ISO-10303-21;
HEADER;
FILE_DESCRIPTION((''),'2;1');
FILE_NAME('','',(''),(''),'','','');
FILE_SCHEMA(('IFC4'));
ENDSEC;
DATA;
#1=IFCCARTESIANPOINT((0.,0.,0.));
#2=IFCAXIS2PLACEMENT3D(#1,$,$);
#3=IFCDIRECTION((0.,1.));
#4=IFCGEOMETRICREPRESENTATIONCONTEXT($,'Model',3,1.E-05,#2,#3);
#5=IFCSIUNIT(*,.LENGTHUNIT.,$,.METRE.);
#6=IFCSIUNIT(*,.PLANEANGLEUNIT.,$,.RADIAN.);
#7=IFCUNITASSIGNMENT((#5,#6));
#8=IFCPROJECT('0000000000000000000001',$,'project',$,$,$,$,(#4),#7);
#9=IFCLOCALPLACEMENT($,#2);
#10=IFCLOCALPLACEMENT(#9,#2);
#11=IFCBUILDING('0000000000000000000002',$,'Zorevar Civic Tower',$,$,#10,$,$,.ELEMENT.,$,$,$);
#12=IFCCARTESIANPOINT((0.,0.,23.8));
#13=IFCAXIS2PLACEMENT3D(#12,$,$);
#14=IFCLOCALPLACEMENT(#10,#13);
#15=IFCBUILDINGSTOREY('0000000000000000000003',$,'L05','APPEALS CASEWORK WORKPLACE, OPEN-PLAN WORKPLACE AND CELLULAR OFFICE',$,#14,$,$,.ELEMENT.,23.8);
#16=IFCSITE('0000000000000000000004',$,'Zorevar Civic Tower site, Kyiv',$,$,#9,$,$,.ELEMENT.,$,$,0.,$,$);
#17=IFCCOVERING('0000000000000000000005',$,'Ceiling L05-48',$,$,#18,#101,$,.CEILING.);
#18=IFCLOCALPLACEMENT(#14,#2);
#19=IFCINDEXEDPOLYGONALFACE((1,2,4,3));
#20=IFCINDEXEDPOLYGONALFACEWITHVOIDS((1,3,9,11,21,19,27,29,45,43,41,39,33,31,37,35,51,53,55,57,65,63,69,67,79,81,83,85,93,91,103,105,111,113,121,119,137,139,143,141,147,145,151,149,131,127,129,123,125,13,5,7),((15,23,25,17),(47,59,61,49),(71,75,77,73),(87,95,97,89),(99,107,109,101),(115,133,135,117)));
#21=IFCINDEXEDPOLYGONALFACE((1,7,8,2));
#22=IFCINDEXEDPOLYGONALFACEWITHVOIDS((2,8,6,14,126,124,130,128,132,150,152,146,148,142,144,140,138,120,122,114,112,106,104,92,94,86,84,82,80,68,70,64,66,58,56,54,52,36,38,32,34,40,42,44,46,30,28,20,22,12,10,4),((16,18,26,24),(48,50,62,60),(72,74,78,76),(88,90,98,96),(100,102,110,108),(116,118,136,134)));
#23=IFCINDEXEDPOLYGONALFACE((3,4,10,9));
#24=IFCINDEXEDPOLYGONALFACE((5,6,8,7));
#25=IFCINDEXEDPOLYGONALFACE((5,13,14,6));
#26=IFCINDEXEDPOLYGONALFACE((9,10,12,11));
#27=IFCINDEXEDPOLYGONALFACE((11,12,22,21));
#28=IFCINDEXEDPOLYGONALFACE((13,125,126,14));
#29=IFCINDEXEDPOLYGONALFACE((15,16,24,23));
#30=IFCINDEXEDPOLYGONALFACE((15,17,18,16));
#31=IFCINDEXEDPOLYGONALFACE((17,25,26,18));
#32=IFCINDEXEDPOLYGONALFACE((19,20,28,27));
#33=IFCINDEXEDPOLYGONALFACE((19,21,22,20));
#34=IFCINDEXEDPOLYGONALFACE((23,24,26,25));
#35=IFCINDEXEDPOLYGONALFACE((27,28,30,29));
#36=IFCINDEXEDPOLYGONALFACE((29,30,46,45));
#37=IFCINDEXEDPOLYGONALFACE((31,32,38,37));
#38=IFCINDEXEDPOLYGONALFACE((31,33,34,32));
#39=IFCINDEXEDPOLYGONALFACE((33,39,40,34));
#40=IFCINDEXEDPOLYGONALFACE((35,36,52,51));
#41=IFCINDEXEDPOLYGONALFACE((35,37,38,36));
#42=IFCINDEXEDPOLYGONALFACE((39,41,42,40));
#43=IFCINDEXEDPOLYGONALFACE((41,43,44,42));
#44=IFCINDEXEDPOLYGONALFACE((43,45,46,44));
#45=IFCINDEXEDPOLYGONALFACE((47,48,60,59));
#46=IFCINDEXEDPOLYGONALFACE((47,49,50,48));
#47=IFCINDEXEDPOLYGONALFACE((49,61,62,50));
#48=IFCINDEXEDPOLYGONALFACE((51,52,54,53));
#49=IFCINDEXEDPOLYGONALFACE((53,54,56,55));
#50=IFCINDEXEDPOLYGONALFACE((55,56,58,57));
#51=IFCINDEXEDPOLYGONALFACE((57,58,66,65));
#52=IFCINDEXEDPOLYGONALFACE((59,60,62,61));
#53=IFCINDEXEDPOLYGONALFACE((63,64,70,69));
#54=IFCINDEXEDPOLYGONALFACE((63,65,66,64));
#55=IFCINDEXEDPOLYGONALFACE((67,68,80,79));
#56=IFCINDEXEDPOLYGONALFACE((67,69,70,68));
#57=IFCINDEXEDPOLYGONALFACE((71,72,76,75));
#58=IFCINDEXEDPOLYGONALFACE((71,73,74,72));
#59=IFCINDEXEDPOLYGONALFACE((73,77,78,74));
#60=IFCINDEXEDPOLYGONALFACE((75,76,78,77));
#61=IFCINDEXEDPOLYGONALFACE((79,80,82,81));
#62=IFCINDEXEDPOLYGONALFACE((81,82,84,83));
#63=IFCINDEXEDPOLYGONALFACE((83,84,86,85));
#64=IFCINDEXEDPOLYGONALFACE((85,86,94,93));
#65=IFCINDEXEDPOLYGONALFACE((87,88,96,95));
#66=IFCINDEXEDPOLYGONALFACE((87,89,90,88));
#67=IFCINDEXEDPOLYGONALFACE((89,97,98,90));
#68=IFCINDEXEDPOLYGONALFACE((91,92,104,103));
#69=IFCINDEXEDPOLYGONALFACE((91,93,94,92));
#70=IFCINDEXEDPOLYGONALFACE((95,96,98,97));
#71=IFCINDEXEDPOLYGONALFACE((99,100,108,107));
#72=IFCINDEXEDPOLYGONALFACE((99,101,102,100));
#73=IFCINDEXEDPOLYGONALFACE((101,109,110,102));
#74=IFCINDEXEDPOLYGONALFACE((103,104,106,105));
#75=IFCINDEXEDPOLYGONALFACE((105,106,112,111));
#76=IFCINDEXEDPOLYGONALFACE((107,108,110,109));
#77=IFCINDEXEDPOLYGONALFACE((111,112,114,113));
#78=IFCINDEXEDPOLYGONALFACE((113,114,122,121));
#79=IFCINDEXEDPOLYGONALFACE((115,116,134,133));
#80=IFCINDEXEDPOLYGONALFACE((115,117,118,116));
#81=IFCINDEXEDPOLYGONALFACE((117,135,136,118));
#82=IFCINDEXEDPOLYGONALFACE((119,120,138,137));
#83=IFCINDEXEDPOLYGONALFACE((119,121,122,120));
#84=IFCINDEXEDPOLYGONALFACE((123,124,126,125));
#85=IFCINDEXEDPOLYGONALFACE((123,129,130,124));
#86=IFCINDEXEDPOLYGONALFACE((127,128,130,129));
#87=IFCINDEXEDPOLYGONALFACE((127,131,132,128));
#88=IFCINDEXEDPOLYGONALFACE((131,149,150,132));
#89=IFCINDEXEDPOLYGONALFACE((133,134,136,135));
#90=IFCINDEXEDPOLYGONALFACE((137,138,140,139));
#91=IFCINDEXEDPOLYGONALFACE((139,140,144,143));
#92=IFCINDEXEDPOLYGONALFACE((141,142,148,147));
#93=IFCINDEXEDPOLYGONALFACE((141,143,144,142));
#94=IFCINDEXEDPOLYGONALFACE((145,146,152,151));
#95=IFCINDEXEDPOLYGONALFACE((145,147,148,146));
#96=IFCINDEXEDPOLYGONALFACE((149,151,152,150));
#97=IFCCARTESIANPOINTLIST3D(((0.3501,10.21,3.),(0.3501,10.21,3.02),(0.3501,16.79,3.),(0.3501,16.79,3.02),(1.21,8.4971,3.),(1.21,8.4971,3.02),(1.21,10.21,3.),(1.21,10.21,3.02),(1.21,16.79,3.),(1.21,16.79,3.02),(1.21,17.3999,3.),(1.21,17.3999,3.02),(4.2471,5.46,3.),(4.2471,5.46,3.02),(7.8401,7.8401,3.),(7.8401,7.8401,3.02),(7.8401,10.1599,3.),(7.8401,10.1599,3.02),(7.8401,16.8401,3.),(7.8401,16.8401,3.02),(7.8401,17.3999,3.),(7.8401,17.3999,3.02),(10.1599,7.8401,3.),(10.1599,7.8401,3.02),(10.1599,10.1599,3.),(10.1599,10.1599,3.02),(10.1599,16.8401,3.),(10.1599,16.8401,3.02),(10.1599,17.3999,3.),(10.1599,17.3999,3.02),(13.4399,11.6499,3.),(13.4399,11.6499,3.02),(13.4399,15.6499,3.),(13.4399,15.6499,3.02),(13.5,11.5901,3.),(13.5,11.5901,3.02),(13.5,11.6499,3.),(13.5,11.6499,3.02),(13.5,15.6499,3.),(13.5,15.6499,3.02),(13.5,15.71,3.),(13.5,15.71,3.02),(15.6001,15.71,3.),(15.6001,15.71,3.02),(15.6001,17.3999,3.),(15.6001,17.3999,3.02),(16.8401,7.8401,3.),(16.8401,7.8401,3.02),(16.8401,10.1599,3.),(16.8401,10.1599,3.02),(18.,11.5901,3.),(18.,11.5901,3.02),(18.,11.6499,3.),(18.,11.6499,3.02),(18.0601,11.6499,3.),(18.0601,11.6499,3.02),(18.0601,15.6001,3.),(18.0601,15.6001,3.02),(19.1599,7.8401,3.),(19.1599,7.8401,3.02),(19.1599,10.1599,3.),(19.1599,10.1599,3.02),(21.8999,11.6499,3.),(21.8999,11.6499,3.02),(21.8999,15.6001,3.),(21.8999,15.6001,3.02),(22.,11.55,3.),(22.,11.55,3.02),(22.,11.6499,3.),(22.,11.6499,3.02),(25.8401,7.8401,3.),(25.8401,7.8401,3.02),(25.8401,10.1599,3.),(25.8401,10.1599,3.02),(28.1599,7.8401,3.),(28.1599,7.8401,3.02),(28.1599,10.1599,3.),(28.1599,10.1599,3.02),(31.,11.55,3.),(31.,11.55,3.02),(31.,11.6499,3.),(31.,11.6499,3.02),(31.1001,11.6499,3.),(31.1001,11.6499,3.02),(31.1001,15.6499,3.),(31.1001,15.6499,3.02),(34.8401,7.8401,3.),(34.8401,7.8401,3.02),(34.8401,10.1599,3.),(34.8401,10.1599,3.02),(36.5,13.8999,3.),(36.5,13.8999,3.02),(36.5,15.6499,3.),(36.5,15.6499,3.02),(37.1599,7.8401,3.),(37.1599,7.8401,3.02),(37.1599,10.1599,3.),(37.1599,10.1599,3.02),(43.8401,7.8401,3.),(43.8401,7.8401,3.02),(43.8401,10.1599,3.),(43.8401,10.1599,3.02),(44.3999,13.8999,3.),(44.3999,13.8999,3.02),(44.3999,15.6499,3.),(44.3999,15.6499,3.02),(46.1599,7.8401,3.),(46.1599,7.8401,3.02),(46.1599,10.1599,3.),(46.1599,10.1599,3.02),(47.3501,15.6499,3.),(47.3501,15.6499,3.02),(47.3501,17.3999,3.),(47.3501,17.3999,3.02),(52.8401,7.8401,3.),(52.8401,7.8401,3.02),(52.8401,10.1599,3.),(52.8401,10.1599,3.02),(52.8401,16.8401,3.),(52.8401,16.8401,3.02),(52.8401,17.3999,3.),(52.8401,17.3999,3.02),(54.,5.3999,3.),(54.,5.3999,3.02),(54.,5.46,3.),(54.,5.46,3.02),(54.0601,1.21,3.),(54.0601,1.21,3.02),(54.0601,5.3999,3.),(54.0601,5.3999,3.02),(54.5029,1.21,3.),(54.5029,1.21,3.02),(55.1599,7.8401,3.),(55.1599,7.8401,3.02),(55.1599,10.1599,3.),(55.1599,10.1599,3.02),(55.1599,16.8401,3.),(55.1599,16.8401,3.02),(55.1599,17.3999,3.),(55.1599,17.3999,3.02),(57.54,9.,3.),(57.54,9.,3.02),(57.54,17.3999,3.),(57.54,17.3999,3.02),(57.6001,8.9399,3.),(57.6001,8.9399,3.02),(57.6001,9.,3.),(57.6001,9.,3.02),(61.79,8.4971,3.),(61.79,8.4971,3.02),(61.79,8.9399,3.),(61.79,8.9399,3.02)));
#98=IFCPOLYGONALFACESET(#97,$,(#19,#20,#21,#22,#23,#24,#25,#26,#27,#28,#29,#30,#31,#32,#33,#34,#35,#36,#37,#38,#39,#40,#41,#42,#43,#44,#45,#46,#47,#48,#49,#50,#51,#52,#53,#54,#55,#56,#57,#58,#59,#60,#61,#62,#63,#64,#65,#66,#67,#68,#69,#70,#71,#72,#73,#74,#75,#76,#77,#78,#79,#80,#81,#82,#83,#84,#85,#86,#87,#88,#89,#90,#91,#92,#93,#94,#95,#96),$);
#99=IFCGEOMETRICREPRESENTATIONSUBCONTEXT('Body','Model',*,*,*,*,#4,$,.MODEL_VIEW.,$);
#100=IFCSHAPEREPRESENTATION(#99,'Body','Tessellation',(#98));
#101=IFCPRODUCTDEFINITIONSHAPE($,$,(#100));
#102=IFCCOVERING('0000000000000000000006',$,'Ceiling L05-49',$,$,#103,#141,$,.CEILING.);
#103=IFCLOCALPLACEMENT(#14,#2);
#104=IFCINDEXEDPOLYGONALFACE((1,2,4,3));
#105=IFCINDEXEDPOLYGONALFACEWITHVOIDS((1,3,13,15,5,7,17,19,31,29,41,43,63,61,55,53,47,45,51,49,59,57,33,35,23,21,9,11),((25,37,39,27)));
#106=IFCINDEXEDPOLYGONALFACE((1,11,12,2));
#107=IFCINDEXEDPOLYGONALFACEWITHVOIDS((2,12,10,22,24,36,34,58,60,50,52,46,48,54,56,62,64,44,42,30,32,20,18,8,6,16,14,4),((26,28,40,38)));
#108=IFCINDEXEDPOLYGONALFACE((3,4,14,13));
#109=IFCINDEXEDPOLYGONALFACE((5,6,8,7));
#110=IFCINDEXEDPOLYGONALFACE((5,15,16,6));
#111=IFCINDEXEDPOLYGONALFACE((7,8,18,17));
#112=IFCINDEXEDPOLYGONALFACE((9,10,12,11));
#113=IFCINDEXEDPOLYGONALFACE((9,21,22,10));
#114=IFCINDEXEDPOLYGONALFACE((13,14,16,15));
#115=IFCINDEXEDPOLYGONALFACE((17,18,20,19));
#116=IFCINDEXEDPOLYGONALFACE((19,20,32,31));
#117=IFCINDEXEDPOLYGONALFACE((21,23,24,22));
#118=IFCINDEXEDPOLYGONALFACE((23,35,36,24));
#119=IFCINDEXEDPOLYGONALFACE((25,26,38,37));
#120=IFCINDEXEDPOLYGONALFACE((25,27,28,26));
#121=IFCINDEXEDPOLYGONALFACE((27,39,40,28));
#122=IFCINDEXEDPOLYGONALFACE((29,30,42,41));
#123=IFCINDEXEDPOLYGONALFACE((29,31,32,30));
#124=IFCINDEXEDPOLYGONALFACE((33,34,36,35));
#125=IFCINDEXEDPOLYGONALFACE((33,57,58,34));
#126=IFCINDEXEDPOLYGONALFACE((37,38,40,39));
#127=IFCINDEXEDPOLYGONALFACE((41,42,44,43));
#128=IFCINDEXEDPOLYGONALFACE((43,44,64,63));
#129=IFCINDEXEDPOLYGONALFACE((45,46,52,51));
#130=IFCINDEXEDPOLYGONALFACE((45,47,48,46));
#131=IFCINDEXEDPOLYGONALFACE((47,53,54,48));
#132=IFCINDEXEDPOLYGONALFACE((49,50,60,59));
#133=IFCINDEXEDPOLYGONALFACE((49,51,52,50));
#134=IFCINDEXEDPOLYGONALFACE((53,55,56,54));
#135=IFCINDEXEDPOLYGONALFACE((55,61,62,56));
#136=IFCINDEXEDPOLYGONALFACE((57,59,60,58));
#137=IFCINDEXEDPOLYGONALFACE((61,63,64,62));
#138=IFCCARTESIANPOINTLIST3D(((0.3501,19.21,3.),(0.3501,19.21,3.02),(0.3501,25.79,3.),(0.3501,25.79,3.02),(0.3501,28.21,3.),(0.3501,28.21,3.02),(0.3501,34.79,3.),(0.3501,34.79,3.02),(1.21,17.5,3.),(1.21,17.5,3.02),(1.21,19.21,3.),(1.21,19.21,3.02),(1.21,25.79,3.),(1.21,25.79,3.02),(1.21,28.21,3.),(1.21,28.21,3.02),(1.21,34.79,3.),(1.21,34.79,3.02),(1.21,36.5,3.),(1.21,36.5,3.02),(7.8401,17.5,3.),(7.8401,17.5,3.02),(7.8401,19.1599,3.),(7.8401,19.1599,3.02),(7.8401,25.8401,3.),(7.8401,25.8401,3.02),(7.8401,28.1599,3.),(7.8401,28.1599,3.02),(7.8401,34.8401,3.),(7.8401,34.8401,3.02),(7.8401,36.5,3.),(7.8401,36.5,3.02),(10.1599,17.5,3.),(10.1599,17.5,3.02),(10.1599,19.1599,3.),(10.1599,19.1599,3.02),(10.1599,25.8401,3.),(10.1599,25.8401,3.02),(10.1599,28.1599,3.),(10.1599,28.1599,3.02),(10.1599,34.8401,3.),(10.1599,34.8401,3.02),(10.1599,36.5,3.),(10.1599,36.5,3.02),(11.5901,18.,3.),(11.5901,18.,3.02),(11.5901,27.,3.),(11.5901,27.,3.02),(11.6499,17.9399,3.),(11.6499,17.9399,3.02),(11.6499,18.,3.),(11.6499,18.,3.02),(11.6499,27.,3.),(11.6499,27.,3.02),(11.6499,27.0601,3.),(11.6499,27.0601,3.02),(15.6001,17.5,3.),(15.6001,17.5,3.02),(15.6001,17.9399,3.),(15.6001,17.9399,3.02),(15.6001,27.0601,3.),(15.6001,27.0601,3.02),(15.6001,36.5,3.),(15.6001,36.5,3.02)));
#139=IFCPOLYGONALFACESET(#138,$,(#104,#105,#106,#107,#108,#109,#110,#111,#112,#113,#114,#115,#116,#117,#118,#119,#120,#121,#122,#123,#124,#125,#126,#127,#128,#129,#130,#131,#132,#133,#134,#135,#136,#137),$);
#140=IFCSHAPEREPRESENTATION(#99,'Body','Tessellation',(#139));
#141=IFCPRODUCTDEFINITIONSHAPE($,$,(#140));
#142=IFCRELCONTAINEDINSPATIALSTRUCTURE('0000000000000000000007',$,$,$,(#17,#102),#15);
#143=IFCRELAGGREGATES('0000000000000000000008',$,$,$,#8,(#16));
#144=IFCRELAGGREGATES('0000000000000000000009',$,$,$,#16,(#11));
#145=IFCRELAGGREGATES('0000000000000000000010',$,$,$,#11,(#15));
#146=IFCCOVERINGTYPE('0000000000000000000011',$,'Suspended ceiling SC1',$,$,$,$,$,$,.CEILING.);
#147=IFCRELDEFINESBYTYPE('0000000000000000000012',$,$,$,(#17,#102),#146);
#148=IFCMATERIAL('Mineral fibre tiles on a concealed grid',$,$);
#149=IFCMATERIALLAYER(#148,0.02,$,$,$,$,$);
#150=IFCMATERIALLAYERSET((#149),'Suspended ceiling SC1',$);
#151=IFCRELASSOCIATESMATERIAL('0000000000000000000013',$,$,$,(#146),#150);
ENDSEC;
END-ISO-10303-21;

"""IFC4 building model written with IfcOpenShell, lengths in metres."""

from ifc_helpers import new_model, si_unit, direction, frame, origin, place, context, subcontext, project, spatial, polyline, outline, extrude, material, layer, layer_set, type_object, element, save


model = new_model("IFC4")

# Units and contexts
model_context = context("Model", 3, precision=1e-05, world=origin(), true_north=direction((0.0, 1.0)))
body_context = subcontext(model_context, "Body", "Model", "MODEL_VIEW")
ifc_project = project(units=[si_unit("LENGTHUNIT", "METRE"), si_unit("PLANEANGLEUNIT", "RADIAN")], contexts=[model_context])

# Site, building, storey
site_placement = place(None, origin())
site = spatial("IfcSite", under=ifc_project, at=site_placement, Name="Zorevar Civic Tower site, Kyiv", CompositionType="ELEMENT", RefElevation=0.0)
building_placement = place(site_placement, origin())
building = spatial("IfcBuilding", under=site, at=building_placement, Name="Zorevar Civic Tower", CompositionType="ELEMENT")
storey_placement = place(building_placement, frame((0.0, 0.0, 23.8)))
storey = spatial("IfcBuildingStorey", under=building, at=storey_placement, Name="L05", Description="APPEALS CASEWORK WORKPLACE, OPEN-PLAN WORKPLACE AND CELLULAR OFFICE", CompositionType="ELEMENT", Elevation=23.8)

# Coverings
ifc_material_1 = material(Name="Mineral fibre tiles on a concealed grid")
ifc_layer_1 = layer(ifc_material_1, 0.02)
ifc_layer_set_1 = layer_set([ifc_layer_1], Name="Suspended ceiling SC1")
covering_type_1 = type_object("IfcCoveringType", Name="Suspended ceiling SC1", PredefinedType="CEILING", material=ifc_layer_set_1)
covering_1_placement = place(storey_placement, frame((0.0, 0.0, 3.0)))
element("IfcCovering", 1, at=covering_1_placement, inside=storey, type_object=covering_type_1, Name="Ceiling L05-48", PredefinedType="CEILING", context=body_context, shape_type="SweptSolid", body=[
    extrude(outline(polyline([(22.0, 11.55), (31.0, 11.55), (31.0, 11.6499), (31.1001, 11.6499), (31.1001, 15.6499), (36.5, 15.6499), (36.5, 13.8999), (44.3999, 13.8999), (44.3999, 15.6499), (47.3501, 15.6499), (47.3501, 17.3999), (52.8401, 17.3999), (52.8401, 16.8401), (55.1599, 16.8401), (55.1599, 17.3999), (57.54, 17.3999), (57.54, 9.0), (57.6001, 9.0), (57.6001, 8.9399), (61.79, 8.9399), (61.79, 8.4971), (54.5029, 1.21), (54.0601, 1.21), (54.0601, 5.3999), (54.0, 5.3999), (54.0, 5.46), (4.2471, 5.46), (1.21, 8.4971), (1.21, 10.21), (0.3501, 10.21), (0.3501, 16.79), (1.21, 16.79), (1.21, 17.3999), (7.8401, 17.3999), (7.8401, 16.8401), (10.1599, 16.8401), (10.1599, 17.3999), (15.6001, 17.3999), (15.6001, 15.71), (13.5, 15.71), (13.5, 15.6499), (13.4399, 15.6499), (13.4399, 11.6499), (13.5, 11.6499), (13.5, 11.5901), (18.0, 11.5901), (18.0, 11.6499), (18.0601, 11.6499), (18.0601, 15.6001), (21.8999, 15.6001), (21.8999, 11.6499), (22.0, 11.6499), (22.0, 11.55)]), holes=[polyline([(10.1599, 10.1599), (7.8401, 10.1599), (7.8401, 7.8401), (10.1599, 7.8401), (10.1599, 10.1599)]), polyline([(16.8401, 7.8401), (19.1599, 7.8401), (19.1599, 10.1599), (16.8401, 10.1599), (16.8401, 7.8401)]), polyline([(25.8401, 10.1599), (25.8401, 7.8401), (28.1599, 7.8401), (28.1599, 10.1599), (25.8401, 10.1599)]), polyline([(37.1599, 10.1599), (34.8401, 10.1599), (34.8401, 7.8401), (37.1599, 7.8401), (37.1599, 10.1599)]), polyline([(46.1599, 7.8401), (46.1599, 10.1599), (43.8401, 10.1599), (43.8401, 7.8401), (46.1599, 7.8401)]), polyline([(52.8401, 10.1599), (52.8401, 7.8401), (55.1599, 7.8401), (55.1599, 10.1599), (52.8401, 10.1599)])]), origin(), (0.0, 0.0, 1.0), 0.02),
])
covering_2_placement = place(storey_placement, frame((0.0, 0.0, 3.0)))
element("IfcCovering", 2, at=covering_2_placement, inside=storey, type_object=covering_type_1, Name="Ceiling L05-49", PredefinedType="CEILING", context=body_context, shape_type="SweptSolid", body=[
    extrude(outline(polyline([(10.1599, 19.1599), (7.8401, 19.1599), (7.8401, 17.5), (1.21, 17.5), (1.21, 19.21), (0.3501, 19.21), (0.3501, 25.79), (1.21, 25.79), (1.21, 28.21), (0.3501, 28.21), (0.3501, 34.79), (1.21, 34.79), (1.21, 36.5), (7.8401, 36.5), (7.8401, 34.8401), (10.1599, 34.8401), (10.1599, 36.5), (15.6001, 36.5), (15.6001, 27.0601), (11.6499, 27.0601), (11.6499, 27.0), (11.5901, 27.0), (11.5901, 18.0), (11.6499, 18.0), (11.6499, 17.9399), (15.6001, 17.9399), (15.6001, 17.5), (10.1599, 17.5), (10.1599, 19.1599)]), holes=[polyline([(7.8401, 28.1599), (7.8401, 25.8401), (10.1599, 25.8401), (10.1599, 28.1599), (7.8401, 28.1599)])]), origin(), (0.0, 0.0, 1.0), 0.02),
])

save(model, "model.ifc")
